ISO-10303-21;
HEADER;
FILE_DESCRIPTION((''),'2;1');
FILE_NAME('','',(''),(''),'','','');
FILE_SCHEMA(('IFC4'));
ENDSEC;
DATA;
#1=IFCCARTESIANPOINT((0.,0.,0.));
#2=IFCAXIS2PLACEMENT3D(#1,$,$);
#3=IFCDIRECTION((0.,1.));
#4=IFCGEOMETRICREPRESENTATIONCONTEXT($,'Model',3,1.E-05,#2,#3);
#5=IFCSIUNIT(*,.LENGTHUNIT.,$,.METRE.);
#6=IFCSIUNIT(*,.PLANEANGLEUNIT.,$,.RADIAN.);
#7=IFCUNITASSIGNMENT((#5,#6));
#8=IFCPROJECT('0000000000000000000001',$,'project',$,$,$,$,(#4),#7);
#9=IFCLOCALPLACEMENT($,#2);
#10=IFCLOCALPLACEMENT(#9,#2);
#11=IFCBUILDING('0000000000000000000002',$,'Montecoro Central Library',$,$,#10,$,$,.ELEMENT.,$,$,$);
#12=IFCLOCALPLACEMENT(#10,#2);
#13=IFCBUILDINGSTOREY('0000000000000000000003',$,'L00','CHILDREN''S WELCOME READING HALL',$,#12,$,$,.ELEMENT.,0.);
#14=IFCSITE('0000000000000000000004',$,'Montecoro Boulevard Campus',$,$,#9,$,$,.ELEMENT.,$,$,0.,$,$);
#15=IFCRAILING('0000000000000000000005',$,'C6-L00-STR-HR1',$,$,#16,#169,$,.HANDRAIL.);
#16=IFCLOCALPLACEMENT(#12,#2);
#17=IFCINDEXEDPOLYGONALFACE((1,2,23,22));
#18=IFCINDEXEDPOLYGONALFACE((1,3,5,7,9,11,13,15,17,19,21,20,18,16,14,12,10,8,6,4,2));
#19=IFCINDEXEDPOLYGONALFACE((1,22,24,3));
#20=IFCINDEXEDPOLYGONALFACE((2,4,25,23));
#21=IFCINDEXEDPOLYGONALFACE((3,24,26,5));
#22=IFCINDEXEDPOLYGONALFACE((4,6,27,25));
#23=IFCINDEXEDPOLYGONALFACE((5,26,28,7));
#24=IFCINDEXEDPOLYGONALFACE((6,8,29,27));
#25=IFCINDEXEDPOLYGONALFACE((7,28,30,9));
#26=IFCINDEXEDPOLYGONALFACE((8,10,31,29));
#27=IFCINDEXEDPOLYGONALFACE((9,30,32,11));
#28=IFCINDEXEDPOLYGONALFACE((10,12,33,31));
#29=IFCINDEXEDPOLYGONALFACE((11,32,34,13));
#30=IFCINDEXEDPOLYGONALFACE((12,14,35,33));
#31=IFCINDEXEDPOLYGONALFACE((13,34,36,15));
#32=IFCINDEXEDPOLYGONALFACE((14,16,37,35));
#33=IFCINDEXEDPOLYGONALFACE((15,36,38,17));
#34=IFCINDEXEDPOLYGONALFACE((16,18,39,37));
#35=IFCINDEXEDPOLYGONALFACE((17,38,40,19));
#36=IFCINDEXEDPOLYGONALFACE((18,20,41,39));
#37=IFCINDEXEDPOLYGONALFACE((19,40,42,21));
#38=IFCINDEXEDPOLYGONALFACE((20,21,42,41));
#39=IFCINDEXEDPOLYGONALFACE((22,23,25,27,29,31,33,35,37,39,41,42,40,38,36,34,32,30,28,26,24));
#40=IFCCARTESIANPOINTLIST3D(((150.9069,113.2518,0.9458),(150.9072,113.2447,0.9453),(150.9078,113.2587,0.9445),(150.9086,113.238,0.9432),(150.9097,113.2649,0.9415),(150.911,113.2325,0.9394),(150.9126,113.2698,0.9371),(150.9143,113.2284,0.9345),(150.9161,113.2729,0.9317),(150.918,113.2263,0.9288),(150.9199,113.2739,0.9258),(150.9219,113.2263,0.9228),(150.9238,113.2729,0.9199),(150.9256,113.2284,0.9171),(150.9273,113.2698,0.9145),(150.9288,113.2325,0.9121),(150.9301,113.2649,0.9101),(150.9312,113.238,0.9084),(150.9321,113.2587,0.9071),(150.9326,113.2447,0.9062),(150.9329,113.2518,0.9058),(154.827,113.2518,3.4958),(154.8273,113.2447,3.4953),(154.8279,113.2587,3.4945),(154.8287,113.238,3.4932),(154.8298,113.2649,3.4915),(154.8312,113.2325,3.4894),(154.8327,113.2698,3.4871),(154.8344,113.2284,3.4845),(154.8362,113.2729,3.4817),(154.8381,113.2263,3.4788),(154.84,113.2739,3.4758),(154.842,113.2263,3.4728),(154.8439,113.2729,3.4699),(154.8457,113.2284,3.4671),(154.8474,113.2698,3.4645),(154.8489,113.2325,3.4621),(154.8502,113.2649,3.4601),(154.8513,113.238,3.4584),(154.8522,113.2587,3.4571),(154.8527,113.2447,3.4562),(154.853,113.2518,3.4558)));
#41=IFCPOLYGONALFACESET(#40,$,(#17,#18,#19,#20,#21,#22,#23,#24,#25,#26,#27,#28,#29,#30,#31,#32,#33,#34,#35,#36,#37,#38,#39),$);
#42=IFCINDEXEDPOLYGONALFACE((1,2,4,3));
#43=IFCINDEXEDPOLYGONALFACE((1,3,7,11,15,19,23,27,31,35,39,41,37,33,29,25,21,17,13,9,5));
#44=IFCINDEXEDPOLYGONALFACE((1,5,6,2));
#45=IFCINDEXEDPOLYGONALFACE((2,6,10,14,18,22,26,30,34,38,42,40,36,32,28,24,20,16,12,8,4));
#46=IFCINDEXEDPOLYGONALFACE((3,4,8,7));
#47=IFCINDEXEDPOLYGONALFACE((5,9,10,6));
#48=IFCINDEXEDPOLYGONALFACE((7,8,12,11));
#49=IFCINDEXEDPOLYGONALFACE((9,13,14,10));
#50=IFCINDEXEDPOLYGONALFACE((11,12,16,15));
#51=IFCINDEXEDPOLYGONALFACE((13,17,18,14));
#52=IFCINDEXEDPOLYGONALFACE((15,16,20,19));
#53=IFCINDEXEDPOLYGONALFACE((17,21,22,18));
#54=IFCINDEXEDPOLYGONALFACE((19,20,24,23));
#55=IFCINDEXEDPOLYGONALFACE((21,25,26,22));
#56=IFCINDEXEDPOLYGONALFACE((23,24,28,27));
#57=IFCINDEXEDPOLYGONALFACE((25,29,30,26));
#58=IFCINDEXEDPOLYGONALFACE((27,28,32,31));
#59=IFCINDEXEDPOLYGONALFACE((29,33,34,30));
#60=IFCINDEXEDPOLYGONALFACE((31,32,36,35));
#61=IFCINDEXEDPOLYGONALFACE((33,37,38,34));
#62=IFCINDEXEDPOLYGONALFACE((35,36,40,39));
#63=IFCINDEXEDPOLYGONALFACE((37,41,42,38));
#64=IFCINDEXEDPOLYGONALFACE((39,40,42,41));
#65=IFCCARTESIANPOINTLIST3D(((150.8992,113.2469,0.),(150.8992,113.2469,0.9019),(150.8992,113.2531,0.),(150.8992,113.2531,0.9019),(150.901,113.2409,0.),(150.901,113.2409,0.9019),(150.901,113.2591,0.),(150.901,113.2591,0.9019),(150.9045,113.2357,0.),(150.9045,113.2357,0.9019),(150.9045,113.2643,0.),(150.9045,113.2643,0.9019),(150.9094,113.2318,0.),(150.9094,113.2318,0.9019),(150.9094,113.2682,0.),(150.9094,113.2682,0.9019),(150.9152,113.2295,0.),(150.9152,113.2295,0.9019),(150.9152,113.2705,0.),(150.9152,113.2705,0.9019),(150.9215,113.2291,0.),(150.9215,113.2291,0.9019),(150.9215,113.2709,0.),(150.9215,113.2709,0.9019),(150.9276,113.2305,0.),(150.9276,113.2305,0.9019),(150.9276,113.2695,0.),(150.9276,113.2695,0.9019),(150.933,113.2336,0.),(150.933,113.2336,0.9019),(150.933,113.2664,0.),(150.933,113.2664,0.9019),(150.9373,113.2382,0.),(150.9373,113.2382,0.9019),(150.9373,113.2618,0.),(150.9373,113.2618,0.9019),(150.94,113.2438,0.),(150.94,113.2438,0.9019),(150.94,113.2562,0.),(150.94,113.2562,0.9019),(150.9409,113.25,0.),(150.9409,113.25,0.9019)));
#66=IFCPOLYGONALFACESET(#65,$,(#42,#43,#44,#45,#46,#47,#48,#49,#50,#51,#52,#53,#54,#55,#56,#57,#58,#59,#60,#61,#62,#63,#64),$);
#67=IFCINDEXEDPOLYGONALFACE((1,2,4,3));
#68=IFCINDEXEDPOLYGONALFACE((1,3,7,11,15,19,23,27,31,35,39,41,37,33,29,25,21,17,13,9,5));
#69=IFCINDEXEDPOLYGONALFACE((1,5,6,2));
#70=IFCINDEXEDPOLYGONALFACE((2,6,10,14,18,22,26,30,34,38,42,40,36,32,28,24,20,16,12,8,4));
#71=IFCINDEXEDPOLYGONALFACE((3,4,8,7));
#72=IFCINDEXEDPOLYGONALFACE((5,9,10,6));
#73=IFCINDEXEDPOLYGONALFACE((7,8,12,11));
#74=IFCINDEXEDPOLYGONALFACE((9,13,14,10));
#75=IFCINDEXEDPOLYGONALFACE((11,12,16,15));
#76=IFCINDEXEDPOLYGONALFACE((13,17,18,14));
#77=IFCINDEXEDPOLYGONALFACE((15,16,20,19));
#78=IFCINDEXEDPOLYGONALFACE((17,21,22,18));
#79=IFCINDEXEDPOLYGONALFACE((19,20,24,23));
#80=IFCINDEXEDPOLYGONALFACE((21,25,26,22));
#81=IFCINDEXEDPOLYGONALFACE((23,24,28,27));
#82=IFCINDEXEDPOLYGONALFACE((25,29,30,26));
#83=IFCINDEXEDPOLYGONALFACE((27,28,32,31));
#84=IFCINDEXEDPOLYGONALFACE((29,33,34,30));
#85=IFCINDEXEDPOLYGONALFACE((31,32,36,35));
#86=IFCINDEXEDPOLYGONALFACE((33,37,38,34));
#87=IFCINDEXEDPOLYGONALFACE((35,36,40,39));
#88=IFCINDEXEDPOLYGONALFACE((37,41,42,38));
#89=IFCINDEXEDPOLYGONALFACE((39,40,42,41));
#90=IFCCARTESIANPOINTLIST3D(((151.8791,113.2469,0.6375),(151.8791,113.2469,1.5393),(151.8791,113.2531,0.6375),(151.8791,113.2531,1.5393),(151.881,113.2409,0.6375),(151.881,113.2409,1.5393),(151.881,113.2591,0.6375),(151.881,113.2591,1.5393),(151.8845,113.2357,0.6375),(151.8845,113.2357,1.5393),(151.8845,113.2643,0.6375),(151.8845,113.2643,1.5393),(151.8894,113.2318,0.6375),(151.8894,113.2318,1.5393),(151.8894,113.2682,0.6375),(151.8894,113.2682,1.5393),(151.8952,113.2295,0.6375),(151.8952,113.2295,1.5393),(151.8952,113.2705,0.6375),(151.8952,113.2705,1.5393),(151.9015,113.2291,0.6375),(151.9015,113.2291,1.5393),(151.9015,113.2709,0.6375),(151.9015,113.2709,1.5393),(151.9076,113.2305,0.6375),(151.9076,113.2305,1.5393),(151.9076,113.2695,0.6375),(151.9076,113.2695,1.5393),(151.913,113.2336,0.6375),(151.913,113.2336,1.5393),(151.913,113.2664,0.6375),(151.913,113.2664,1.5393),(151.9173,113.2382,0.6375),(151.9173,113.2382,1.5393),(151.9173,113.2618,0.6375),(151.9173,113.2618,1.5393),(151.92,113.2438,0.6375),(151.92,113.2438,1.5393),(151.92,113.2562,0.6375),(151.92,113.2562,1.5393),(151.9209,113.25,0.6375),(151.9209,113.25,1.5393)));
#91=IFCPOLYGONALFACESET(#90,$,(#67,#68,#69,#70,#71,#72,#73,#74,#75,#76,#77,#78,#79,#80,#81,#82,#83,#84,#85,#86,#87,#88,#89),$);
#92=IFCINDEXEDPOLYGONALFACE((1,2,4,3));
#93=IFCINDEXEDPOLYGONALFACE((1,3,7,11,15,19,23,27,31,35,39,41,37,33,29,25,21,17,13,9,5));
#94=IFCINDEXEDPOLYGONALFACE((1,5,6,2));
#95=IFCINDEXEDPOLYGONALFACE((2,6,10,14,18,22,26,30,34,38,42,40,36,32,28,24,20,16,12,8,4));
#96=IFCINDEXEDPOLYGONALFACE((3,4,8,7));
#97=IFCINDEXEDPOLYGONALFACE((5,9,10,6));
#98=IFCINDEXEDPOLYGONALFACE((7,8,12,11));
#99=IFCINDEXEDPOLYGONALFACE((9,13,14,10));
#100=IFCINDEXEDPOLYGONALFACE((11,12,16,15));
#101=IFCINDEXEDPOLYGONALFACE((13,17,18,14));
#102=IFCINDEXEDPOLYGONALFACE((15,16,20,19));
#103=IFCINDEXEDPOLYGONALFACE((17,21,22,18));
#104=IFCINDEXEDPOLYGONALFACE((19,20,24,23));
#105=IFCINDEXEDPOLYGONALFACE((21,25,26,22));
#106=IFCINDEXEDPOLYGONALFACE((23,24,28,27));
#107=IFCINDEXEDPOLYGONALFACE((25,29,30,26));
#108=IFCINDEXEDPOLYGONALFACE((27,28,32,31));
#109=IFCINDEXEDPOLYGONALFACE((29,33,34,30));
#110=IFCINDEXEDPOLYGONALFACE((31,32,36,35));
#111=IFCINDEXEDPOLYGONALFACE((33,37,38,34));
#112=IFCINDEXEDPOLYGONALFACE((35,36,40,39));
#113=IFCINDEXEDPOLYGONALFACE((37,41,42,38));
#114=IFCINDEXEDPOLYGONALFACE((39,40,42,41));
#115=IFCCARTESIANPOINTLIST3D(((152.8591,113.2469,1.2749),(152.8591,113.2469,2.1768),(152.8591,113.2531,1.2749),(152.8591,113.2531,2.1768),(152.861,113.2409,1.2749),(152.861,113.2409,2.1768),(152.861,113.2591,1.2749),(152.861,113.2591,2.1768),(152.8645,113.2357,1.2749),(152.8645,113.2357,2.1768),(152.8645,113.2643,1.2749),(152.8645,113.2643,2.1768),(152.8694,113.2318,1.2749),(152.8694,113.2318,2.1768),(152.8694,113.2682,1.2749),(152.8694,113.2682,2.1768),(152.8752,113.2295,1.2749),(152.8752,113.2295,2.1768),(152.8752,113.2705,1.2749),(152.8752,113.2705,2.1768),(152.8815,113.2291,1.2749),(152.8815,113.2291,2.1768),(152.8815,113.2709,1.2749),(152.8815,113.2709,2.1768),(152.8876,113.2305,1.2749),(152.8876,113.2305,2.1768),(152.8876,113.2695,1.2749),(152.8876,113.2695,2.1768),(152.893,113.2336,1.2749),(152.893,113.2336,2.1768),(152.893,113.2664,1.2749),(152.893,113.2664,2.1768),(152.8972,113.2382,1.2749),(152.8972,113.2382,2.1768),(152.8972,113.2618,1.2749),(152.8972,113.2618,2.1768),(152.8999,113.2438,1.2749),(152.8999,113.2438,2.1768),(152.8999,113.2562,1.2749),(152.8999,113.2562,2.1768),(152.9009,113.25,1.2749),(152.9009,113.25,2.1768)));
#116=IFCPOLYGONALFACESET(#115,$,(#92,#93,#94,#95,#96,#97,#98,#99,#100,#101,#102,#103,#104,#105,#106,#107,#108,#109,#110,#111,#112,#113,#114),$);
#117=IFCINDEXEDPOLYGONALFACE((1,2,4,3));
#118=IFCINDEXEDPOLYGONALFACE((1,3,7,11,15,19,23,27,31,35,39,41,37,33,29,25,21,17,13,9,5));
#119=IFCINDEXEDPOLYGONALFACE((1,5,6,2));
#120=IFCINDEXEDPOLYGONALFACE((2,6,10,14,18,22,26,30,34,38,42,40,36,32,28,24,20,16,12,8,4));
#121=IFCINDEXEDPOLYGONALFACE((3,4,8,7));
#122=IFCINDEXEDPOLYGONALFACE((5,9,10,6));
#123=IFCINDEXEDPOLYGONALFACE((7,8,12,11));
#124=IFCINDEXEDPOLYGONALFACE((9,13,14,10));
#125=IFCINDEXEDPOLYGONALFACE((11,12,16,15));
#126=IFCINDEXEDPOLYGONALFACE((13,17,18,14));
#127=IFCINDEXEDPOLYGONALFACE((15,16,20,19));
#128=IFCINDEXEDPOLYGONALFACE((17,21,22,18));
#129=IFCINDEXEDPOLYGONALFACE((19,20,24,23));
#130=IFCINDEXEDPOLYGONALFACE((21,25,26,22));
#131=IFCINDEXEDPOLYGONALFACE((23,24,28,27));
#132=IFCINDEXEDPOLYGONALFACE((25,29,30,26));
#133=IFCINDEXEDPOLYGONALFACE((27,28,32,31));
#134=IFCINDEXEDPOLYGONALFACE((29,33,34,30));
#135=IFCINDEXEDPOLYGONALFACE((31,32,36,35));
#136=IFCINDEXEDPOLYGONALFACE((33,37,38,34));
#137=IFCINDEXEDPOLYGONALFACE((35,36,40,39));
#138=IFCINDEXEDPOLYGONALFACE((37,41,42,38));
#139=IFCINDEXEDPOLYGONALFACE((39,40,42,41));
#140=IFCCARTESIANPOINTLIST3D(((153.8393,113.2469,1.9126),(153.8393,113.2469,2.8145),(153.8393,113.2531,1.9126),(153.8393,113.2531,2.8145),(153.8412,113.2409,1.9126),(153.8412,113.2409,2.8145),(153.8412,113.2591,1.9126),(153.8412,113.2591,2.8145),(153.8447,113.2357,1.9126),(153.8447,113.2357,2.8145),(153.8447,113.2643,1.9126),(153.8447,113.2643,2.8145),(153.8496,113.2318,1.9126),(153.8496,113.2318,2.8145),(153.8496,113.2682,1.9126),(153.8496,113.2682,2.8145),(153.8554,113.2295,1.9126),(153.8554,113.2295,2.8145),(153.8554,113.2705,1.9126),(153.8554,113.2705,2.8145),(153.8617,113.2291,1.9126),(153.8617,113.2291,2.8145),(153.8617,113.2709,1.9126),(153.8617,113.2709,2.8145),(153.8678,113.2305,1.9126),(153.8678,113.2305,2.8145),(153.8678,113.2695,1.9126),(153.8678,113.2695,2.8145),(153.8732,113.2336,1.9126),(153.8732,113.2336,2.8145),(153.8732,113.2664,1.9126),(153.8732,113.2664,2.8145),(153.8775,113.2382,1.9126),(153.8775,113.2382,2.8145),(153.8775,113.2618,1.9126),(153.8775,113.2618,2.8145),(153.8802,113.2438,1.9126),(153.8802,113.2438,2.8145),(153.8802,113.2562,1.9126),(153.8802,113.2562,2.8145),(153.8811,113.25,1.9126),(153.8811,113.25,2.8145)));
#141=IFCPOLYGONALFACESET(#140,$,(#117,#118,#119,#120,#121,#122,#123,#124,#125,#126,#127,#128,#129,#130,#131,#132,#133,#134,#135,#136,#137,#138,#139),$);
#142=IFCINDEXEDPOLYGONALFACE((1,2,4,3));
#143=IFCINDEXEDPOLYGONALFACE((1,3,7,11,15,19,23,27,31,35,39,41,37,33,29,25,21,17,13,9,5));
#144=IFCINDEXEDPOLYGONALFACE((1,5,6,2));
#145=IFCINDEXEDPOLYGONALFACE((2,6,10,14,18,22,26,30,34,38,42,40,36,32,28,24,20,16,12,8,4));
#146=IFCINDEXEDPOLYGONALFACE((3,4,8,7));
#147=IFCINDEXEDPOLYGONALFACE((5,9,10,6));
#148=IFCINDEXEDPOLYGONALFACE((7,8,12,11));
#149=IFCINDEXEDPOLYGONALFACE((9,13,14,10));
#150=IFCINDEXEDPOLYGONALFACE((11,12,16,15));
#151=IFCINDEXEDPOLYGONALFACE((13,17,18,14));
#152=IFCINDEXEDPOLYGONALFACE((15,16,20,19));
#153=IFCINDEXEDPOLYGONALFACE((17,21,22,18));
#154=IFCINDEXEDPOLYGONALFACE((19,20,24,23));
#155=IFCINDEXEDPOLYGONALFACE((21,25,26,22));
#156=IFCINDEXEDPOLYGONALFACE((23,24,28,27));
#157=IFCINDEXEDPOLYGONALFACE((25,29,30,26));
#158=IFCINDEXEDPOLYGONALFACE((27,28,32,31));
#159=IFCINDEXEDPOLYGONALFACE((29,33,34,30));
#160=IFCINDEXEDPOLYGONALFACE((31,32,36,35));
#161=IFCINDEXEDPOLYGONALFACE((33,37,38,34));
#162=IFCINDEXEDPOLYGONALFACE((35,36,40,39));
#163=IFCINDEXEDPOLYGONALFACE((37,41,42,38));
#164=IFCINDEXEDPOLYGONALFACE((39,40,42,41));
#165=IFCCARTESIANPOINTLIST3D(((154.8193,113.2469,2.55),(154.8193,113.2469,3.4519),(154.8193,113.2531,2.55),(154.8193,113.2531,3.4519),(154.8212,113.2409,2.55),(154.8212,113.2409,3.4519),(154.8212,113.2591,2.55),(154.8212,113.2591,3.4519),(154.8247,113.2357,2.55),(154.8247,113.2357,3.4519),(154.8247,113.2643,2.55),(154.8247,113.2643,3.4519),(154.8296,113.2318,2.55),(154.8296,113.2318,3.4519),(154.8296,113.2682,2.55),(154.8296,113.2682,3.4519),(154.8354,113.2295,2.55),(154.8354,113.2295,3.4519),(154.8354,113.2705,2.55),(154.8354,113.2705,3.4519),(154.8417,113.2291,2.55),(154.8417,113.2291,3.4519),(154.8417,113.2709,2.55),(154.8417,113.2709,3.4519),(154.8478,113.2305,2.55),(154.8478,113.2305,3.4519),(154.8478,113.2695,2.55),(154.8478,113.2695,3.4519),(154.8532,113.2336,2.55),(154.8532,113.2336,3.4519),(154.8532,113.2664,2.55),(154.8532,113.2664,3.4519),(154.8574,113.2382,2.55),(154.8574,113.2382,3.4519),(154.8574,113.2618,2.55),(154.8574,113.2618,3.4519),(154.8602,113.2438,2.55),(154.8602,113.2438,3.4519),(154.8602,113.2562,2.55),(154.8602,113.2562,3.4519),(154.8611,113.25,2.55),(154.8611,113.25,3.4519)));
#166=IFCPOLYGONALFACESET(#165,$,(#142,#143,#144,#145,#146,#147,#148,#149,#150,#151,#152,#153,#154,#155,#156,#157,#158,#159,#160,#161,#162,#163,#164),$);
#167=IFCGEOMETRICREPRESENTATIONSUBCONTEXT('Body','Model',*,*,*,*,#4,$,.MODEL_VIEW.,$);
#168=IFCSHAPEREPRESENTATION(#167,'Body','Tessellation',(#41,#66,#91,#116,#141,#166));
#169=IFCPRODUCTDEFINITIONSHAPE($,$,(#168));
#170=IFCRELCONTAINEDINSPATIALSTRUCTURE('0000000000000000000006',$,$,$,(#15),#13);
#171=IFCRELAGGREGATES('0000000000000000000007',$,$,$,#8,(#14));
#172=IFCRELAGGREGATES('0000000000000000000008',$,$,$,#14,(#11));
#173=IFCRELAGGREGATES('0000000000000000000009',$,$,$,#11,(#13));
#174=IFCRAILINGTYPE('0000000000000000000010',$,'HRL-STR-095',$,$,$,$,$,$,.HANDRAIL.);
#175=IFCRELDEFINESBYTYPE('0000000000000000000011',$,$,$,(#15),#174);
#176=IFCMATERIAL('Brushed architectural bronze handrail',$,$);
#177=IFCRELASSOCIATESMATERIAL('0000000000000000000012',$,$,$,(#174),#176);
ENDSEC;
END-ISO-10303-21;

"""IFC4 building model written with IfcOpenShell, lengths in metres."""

from ifc_helpers import new_model, si_unit, direction, frame, origin, origin_2d, place, context, subcontext, project, spatial, circle, extrude, material, type_object, element, save


model = new_model("IFC4")

# Units and contexts
model_context = context("Model", 3, precision=1e-05, world=origin(), true_north=direction((0.0, 1.0)))
body_context = subcontext(model_context, "Body", "Model", "MODEL_VIEW")
ifc_project = project(units=[si_unit("LENGTHUNIT", "METRE"), si_unit("PLANEANGLEUNIT", "RADIAN")], contexts=[model_context])

# Site, building, storey
site_placement = place(None, origin())
site = spatial("IfcSite", under=ifc_project, at=site_placement, Name="Montecoro Boulevard Campus", CompositionType="ELEMENT", RefElevation=0.0)
building_placement = place(site_placement, origin())
building = spatial("IfcBuilding", under=site, at=building_placement, Name="Montecoro Central Library", CompositionType="ELEMENT")
storey_placement = place(building_placement, origin())
storey = spatial("IfcBuildingStorey", under=building, at=storey_placement, Name="L00", Description="CHILDREN'S WELCOME READING HALL", CompositionType="ELEMENT", Elevation=0.0)

# Railing
ifc_material_1 = material(Name="Brushed architectural bronze handrail")
railing_type_1 = type_object("IfcRailingType", Name="HRL-STR-095", PredefinedType="HANDRAIL", material=ifc_material_1)
railing_1_placement = place(storey_placement, frame((150.9199, 113.25, 0.0)))
element("IfcRailing", 1, at=railing_1_placement, inside=storey, type_object=railing_type_1, Name="C6-L00-STR-HR1", PredefinedType="HANDRAIL", context=body_context, shape_type="SweptSolid", body=[
    extrude(circle(Radius=0.0239, at=origin_2d()), frame((0.0, 0.0, 0.9258), z_axis=(0.838254, 0.0, 0.54528), x_axis=(0.0, 1.0, 0.0)), (0.0, 0.0, 1.0), 4.6765),
    extrude(circle(Radius=0.021, at=origin_2d()), origin(), (0.0, 0.0, 1.0), 0.9019),
    extrude(circle(Radius=0.021, at=origin_2d()), frame((0.98, 0.0, 0.6375)), (0.0, 0.0, 1.0), 0.9019),
    extrude(circle(Radius=0.021, at=origin_2d()), frame((1.96, 0.0, 1.2749)), (0.0, 0.0, 1.0), 0.9019),
    extrude(circle(Radius=0.021, at=origin_2d()), frame((2.9402, 0.0, 1.9126)), (0.0, 0.0, 1.0), 0.9019),
    extrude(circle(Radius=0.021, at=origin_2d()), frame((3.9202, 0.0, 2.55)), (0.0, 0.0, 1.0), 0.9019),
])

save(model, "model.ifc")
